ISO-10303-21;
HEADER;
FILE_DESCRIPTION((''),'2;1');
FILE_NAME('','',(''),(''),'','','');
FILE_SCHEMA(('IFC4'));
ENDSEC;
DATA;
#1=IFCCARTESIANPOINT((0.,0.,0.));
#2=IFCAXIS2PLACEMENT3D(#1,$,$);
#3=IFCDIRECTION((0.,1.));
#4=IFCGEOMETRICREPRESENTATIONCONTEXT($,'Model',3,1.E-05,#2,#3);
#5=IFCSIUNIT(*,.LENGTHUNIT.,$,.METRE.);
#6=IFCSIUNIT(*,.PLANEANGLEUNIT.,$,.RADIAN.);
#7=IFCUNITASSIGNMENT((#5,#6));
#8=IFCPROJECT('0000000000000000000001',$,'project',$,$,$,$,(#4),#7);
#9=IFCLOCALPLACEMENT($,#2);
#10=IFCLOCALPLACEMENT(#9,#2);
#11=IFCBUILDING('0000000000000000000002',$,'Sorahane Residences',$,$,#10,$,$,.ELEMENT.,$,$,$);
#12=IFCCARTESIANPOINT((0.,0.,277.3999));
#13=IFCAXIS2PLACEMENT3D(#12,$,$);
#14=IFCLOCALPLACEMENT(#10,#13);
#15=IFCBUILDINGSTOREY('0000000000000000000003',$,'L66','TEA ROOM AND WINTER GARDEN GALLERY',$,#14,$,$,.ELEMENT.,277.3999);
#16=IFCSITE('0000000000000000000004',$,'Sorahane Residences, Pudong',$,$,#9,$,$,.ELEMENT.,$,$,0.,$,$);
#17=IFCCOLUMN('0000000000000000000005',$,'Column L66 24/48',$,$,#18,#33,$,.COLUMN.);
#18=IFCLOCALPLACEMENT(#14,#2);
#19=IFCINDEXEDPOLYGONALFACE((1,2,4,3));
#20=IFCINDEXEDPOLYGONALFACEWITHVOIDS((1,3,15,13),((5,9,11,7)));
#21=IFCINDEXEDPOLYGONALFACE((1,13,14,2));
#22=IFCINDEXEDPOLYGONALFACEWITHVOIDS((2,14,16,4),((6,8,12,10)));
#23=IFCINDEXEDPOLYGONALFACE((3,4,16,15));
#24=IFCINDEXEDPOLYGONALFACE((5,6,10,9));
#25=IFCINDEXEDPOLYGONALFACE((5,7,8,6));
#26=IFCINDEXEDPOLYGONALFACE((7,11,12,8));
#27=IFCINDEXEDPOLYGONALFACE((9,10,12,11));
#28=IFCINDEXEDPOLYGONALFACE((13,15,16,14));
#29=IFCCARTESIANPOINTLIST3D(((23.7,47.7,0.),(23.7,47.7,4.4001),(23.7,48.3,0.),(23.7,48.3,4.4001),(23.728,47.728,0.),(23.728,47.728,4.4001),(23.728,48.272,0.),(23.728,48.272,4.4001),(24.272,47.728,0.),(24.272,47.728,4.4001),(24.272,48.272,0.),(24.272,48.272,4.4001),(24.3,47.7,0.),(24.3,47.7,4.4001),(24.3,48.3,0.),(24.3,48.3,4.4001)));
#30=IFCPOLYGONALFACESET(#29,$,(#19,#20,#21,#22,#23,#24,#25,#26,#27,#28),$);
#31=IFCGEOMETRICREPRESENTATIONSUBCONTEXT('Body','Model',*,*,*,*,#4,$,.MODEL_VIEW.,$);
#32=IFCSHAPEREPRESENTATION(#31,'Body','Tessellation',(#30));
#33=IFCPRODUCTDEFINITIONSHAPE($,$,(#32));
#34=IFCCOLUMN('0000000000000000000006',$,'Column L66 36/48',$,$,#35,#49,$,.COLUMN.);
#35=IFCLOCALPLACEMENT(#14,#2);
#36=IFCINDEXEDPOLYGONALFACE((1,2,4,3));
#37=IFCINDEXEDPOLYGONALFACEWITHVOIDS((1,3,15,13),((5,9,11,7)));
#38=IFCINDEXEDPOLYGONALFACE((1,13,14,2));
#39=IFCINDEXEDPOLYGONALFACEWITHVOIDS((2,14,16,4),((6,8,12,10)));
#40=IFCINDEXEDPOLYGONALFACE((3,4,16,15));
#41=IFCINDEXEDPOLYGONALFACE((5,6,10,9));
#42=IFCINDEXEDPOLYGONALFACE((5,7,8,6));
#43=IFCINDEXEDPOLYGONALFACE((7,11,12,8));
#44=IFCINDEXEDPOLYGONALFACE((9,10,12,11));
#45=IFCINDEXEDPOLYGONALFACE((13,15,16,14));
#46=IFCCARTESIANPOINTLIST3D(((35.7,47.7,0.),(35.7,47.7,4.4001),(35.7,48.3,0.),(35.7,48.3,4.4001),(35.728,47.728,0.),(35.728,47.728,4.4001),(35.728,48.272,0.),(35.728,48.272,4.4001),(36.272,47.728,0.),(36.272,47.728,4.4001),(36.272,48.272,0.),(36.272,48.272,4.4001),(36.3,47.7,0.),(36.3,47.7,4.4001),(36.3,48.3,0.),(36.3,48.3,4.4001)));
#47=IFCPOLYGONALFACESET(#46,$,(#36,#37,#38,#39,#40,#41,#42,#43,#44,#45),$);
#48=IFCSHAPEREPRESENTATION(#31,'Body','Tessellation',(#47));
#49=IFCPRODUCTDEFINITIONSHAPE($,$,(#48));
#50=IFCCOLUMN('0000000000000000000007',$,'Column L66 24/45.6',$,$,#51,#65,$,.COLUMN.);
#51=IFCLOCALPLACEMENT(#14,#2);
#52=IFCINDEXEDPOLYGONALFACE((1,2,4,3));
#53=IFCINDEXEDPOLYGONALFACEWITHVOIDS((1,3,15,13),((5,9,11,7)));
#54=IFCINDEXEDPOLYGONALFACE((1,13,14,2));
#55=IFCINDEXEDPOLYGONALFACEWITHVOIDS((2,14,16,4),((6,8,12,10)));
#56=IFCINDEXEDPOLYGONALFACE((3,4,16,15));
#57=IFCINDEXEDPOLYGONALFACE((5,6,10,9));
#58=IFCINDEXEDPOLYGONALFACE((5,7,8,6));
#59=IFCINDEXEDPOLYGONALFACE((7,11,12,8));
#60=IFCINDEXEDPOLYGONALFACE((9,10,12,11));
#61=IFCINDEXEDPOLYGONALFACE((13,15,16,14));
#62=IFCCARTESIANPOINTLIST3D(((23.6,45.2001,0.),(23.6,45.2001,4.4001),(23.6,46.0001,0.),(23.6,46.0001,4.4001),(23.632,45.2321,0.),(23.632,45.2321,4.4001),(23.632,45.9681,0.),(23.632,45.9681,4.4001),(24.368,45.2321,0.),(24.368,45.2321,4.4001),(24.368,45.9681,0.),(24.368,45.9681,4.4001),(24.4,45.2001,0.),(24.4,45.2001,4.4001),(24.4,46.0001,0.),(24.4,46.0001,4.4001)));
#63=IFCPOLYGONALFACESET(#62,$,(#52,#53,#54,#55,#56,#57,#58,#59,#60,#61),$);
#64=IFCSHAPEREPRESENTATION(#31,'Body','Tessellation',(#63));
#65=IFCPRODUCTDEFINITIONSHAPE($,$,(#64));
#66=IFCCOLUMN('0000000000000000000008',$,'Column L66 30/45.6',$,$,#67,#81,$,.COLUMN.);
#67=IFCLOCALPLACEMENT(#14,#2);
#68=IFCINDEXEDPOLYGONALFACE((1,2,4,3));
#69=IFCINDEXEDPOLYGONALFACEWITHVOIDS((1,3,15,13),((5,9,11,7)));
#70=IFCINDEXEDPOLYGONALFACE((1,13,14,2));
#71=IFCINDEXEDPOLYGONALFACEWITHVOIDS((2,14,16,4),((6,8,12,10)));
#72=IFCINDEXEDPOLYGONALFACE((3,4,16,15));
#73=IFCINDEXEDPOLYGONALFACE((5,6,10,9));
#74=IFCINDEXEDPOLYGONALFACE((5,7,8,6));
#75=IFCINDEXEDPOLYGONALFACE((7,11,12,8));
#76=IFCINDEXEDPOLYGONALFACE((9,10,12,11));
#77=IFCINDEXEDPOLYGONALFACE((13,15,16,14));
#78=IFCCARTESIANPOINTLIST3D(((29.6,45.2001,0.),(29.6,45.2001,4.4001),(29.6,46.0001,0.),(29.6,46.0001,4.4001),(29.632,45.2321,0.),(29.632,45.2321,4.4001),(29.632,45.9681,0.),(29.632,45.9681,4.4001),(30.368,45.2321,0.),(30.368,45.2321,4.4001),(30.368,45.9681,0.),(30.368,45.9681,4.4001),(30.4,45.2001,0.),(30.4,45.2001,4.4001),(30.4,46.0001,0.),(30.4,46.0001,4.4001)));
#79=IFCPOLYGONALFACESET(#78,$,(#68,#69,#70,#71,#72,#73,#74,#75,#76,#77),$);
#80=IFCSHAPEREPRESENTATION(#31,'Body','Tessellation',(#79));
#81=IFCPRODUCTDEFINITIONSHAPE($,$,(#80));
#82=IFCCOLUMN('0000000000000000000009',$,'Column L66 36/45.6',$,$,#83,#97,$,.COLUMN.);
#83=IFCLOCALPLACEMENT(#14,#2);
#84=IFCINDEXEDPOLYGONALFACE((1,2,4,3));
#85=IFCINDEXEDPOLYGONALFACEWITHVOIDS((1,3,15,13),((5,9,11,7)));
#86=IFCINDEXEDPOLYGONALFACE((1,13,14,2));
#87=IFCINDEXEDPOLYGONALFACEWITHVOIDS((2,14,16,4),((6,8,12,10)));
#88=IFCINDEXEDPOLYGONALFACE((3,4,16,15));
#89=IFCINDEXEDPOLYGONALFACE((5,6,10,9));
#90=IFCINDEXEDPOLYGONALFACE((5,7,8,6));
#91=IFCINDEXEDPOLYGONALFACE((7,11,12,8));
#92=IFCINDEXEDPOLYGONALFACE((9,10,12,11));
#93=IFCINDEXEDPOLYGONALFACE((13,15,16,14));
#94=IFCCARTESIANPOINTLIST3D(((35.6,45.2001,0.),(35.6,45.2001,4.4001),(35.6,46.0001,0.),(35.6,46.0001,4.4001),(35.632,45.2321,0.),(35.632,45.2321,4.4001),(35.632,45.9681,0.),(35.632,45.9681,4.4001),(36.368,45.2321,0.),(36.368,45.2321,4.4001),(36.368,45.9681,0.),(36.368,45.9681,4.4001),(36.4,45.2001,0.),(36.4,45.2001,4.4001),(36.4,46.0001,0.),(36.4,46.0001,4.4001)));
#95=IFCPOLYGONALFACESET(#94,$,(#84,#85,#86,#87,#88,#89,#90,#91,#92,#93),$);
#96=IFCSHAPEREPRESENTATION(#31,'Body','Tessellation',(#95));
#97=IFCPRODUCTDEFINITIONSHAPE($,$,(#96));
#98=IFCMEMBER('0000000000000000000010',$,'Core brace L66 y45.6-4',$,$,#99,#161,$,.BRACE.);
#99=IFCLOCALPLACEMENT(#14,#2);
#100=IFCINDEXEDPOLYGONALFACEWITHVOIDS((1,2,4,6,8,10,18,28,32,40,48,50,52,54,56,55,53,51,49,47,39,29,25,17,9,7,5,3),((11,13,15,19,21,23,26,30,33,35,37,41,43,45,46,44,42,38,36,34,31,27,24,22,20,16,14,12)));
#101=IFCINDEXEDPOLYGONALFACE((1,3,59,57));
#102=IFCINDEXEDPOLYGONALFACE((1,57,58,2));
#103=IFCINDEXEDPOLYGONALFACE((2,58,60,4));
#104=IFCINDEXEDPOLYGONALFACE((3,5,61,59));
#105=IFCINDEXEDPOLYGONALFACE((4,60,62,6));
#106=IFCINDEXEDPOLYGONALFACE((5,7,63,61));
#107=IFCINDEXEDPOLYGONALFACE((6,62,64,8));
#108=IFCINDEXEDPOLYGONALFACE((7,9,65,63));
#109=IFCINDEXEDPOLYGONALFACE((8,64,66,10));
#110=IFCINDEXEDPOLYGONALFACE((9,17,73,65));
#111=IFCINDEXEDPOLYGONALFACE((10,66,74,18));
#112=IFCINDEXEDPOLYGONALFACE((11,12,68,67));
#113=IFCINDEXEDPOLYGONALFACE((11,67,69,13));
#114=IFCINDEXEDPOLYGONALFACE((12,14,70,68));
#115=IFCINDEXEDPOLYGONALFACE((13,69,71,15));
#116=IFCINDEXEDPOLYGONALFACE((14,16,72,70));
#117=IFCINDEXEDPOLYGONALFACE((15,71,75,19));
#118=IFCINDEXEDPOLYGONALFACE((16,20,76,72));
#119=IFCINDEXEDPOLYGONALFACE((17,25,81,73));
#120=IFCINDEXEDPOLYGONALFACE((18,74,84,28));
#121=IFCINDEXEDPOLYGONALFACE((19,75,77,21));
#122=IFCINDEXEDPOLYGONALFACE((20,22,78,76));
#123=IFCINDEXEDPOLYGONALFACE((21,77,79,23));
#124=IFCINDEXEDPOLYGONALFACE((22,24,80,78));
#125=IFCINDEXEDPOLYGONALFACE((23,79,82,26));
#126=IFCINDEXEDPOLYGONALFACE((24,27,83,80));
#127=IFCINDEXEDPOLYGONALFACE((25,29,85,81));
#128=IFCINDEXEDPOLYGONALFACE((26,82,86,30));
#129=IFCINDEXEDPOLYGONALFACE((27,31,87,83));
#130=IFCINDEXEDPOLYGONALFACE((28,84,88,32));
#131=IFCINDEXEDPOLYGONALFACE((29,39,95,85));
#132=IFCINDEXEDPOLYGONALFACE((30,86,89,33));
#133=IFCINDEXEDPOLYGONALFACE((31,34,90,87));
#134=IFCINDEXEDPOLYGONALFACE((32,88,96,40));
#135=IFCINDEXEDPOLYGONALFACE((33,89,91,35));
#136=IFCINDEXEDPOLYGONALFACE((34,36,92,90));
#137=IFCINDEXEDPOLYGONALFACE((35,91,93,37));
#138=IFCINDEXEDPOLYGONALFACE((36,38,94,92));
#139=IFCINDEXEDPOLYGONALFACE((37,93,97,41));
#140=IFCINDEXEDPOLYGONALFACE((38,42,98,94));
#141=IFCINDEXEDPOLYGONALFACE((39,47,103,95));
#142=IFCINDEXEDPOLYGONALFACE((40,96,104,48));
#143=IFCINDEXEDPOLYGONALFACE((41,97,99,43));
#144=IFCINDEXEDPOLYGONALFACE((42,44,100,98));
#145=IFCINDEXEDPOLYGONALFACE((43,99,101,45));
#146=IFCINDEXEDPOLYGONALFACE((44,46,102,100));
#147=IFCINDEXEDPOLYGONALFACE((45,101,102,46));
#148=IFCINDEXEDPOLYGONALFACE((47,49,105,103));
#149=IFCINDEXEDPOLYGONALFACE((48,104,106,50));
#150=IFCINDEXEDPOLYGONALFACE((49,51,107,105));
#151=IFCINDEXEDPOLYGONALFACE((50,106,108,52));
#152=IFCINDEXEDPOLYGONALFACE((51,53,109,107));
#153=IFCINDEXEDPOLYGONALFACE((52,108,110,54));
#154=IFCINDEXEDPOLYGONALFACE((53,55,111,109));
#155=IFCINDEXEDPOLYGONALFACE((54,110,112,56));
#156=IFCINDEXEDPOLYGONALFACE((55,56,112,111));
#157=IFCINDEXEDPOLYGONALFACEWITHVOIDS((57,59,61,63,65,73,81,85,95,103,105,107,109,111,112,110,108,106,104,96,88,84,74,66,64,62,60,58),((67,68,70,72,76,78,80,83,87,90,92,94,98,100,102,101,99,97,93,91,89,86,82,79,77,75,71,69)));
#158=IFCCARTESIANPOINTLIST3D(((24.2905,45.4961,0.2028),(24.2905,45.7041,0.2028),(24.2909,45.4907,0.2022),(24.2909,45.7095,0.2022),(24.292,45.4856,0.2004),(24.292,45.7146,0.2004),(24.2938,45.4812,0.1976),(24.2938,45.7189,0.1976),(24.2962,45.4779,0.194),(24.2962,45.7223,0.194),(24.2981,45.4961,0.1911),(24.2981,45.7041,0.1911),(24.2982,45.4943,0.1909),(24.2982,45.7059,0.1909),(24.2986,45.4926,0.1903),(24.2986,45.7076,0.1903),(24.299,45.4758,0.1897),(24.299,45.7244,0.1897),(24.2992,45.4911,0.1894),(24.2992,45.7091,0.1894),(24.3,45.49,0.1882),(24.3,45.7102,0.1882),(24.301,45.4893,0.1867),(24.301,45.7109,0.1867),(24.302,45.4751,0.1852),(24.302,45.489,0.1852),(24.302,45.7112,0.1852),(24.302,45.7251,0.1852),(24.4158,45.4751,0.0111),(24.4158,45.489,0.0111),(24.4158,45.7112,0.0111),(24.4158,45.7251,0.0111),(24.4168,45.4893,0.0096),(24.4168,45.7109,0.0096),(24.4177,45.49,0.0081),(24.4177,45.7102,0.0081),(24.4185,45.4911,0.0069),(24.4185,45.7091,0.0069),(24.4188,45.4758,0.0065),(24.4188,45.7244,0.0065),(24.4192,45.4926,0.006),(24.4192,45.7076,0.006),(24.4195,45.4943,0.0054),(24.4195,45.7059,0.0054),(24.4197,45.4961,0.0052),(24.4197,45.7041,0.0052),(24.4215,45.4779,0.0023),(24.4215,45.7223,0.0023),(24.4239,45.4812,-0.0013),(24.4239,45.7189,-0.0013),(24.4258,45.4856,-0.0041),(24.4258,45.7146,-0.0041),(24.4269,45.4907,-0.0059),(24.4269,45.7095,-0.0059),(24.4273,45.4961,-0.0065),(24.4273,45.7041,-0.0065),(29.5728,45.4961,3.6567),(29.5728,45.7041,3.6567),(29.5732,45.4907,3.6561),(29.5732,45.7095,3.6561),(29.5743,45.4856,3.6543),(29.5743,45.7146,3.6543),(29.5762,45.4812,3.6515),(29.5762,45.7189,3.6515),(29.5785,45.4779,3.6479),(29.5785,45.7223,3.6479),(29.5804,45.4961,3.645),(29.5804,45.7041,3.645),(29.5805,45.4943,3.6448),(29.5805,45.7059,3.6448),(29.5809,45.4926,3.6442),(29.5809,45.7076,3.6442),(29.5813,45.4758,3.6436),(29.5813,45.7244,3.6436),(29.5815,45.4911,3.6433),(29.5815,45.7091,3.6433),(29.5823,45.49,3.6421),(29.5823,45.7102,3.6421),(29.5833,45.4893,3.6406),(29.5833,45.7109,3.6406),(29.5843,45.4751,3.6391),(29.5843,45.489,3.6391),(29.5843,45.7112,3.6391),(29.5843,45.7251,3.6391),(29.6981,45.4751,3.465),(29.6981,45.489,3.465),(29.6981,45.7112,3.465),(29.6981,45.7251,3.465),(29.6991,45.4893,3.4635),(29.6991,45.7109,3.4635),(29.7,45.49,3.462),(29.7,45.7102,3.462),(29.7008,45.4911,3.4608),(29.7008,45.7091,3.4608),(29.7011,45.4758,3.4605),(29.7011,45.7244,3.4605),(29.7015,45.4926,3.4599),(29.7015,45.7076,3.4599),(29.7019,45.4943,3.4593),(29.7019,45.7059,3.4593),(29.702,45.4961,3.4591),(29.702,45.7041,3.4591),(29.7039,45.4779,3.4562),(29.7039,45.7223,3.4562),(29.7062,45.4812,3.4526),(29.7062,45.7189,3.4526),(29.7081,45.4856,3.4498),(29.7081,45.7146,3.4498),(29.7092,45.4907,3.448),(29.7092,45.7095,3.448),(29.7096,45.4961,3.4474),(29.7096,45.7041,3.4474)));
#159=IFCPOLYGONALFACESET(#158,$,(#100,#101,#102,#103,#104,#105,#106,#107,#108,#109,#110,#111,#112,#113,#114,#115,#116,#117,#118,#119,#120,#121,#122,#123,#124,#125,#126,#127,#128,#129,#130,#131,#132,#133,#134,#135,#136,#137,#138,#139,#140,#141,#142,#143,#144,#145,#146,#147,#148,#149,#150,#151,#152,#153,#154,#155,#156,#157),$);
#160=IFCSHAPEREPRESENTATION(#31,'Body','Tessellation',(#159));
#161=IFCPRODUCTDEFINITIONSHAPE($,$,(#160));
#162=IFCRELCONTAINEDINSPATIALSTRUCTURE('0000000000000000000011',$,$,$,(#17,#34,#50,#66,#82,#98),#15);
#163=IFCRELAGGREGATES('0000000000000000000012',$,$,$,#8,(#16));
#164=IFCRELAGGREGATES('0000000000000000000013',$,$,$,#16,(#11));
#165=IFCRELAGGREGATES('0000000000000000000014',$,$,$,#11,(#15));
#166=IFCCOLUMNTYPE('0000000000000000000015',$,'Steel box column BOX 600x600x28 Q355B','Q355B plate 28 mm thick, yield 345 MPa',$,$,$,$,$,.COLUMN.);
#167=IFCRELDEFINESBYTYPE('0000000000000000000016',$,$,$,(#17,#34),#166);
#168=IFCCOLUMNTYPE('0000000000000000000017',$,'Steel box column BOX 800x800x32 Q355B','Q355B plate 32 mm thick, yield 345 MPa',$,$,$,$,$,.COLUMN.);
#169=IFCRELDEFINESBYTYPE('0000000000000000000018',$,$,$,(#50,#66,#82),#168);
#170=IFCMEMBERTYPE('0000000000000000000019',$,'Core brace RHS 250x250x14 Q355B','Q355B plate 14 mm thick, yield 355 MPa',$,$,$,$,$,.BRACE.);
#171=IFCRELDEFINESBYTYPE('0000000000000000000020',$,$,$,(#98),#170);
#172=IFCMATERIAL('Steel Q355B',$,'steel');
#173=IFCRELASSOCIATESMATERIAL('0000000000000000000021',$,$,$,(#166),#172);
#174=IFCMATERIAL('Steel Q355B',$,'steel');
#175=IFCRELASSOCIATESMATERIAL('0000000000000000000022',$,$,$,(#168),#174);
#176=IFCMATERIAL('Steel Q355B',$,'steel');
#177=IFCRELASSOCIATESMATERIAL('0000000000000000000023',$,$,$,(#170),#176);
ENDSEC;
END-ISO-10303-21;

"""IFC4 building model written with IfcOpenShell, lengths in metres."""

from ifc_helpers import new_model, si_unit, direction, frame, origin, origin_2d, place, context, subcontext, project, spatial, hollow_rectangle, extrude, material, material_profile, profile_set, type_object, element, save


model = new_model("IFC4")

# Units and contexts
model_context = context("Model", 3, precision=1e-05, world=origin(), true_north=direction((0.0, 1.0)))
body_context = subcontext(model_context, "Body", "Model", "MODEL_VIEW")
ifc_project = project(units=[si_unit("LENGTHUNIT", "METRE"), si_unit("PLANEANGLEUNIT", "RADIAN")], contexts=[model_context])

# Site, building, storey
site_placement = place(None, origin())
site = spatial("IfcSite", under=ifc_project, at=site_placement, Name="Sorahane Residences, Pudong", CompositionType="ELEMENT", RefElevation=0.0)
building_placement = place(site_placement, origin())
building = spatial("IfcBuilding", under=site, at=building_placement, Name="Sorahane Residences", CompositionType="ELEMENT")
storey_placement = place(building_placement, frame((0.0, 0.0, 277.3999)))
storey = spatial("IfcBuildingStorey", under=building, at=storey_placement, Name="L66", Description="TEA ROOM AND WINTER GARDEN GALLERY", CompositionType="ELEMENT", Elevation=277.3999)

# Columns
ifc_material_1 = material(Name="Steel Q355B", Category="steel")
ifc_material_profile_1 = material_profile(ifc_material_1, hollow_rectangle(XDim=0.6001, YDim=0.6001, WallThickness=0.0281, at=origin_2d()), Name="BOX 600x600x28")
ifc_profile_set_1 = profile_set([ifc_material_profile_1], Name="Steel Q355B")
column_type_1 = type_object("IfcColumnType", Name="Steel box column BOX 600x600x28 Q355B", Description="Q355B plate 28 mm thick, yield 345 MPa", PredefinedType="COLUMN", material=ifc_profile_set_1)
for number, where, z_axis, x_axis, name in (
    (1, (24.0, 48.0, 0.0), (0.0, 0.0, 1.0), (1.0, 0.0, 0.0), "Column L66 24/48"),
    (2, (36.0, 48.0, 0.0), (0.0, 0.0, 1.0), (1.0, 0.0, 0.0), "Column L66 36/48"),
):
    element("IfcColumn", number, at=place(storey_placement, frame(where, z_axis=z_axis, x_axis=x_axis)), inside=storey, type_object=column_type_1, Name=name, PredefinedType="COLUMN", context=body_context, shape_type="SweptSolid", body=[
        extrude(hollow_rectangle(XDim=0.6001, YDim=0.6001, WallThickness=0.0281, at=origin_2d()), origin(), (0.0, 0.0, 1.0), 4.4001),
    ])
ifc_material_2 = material(Name="Steel Q355B", Category="steel")
ifc_material_profile_2 = material_profile(ifc_material_2, hollow_rectangle(XDim=0.8, YDim=0.8, WallThickness=0.032, at=origin_2d()), Name="BOX 800x800x32")
ifc_profile_set_2 = profile_set([ifc_material_profile_2], Name="Steel Q355B")
column_type_2 = type_object("IfcColumnType", Name="Steel box column BOX 800x800x32 Q355B", Description="Q355B plate 32 mm thick, yield 345 MPa", PredefinedType="COLUMN", material=ifc_profile_set_2)
for number, where, z_axis, x_axis, name in (
    (3, (24.0, 45.6001, 0.0), (0.0, 0.0, 1.0), (1.0, 0.0, 0.0), "Column L66 24/45.6"),
    (4, (30.0, 45.6001, 0.0), (0.0, 0.0, 1.0), (1.0, 0.0, 0.0), "Column L66 30/45.6"),
    (5, (36.0, 45.6001, 0.0), (0.0, 0.0, 1.0), (1.0, 0.0, 0.0), "Column L66 36/45.6"),
):
    element("IfcColumn", number, at=place(storey_placement, frame(where, z_axis=z_axis, x_axis=x_axis)), inside=storey, type_object=column_type_2, Name=name, PredefinedType="COLUMN", context=body_context, shape_type="SweptSolid", body=[
        extrude(hollow_rectangle(XDim=0.8, YDim=0.8, WallThickness=0.032, at=origin_2d()), origin(), (0.0, 0.0, 1.0), 4.4001),
    ])

# Member
ifc_material_3 = material(Name="Steel Q355B", Category="steel")
ifc_material_profile_3 = material_profile(ifc_material_3, hollow_rectangle(XDim=0.25, YDim=0.25, WallThickness=0.0139, InnerFilletRadius=0.0071, OuterFilletRadius=0.021, at=origin_2d()), Name="RHS 250x250x14")
ifc_profile_set_3 = profile_set([ifc_material_profile_3], Name="Steel Q355B")
member_type_1 = type_object("IfcMemberType", Name="Core brace RHS 250x250x14 Q355B", Description="Q355B plate 14 mm thick, yield 355 MPa", PredefinedType="BRACE", material=ifc_profile_set_3)
for number, where, z_axis, x_axis, name in (
    (6, (24.3589, 45.6001, 0.0981), (0.836963, 0.0, 0.54726), (0.0, 1.0, 0.0), "Core brace L66 y45.6-4"),
):
    element("IfcMember", number, at=place(storey_placement, frame(where, z_axis=z_axis, x_axis=x_axis)), inside=storey, type_object=member_type_1, Name=name, PredefinedType="BRACE", context=body_context, shape_type="SweptSolid", body=[
        extrude(hollow_rectangle(XDim=0.25, YDim=0.25, WallThickness=0.0139, InnerFilletRadius=0.0071, OuterFilletRadius=0.021, at=origin_2d()), origin(), (0.0, 0.0, 1.0), 6.3113),
    ])

save(model, "model.ifc")
